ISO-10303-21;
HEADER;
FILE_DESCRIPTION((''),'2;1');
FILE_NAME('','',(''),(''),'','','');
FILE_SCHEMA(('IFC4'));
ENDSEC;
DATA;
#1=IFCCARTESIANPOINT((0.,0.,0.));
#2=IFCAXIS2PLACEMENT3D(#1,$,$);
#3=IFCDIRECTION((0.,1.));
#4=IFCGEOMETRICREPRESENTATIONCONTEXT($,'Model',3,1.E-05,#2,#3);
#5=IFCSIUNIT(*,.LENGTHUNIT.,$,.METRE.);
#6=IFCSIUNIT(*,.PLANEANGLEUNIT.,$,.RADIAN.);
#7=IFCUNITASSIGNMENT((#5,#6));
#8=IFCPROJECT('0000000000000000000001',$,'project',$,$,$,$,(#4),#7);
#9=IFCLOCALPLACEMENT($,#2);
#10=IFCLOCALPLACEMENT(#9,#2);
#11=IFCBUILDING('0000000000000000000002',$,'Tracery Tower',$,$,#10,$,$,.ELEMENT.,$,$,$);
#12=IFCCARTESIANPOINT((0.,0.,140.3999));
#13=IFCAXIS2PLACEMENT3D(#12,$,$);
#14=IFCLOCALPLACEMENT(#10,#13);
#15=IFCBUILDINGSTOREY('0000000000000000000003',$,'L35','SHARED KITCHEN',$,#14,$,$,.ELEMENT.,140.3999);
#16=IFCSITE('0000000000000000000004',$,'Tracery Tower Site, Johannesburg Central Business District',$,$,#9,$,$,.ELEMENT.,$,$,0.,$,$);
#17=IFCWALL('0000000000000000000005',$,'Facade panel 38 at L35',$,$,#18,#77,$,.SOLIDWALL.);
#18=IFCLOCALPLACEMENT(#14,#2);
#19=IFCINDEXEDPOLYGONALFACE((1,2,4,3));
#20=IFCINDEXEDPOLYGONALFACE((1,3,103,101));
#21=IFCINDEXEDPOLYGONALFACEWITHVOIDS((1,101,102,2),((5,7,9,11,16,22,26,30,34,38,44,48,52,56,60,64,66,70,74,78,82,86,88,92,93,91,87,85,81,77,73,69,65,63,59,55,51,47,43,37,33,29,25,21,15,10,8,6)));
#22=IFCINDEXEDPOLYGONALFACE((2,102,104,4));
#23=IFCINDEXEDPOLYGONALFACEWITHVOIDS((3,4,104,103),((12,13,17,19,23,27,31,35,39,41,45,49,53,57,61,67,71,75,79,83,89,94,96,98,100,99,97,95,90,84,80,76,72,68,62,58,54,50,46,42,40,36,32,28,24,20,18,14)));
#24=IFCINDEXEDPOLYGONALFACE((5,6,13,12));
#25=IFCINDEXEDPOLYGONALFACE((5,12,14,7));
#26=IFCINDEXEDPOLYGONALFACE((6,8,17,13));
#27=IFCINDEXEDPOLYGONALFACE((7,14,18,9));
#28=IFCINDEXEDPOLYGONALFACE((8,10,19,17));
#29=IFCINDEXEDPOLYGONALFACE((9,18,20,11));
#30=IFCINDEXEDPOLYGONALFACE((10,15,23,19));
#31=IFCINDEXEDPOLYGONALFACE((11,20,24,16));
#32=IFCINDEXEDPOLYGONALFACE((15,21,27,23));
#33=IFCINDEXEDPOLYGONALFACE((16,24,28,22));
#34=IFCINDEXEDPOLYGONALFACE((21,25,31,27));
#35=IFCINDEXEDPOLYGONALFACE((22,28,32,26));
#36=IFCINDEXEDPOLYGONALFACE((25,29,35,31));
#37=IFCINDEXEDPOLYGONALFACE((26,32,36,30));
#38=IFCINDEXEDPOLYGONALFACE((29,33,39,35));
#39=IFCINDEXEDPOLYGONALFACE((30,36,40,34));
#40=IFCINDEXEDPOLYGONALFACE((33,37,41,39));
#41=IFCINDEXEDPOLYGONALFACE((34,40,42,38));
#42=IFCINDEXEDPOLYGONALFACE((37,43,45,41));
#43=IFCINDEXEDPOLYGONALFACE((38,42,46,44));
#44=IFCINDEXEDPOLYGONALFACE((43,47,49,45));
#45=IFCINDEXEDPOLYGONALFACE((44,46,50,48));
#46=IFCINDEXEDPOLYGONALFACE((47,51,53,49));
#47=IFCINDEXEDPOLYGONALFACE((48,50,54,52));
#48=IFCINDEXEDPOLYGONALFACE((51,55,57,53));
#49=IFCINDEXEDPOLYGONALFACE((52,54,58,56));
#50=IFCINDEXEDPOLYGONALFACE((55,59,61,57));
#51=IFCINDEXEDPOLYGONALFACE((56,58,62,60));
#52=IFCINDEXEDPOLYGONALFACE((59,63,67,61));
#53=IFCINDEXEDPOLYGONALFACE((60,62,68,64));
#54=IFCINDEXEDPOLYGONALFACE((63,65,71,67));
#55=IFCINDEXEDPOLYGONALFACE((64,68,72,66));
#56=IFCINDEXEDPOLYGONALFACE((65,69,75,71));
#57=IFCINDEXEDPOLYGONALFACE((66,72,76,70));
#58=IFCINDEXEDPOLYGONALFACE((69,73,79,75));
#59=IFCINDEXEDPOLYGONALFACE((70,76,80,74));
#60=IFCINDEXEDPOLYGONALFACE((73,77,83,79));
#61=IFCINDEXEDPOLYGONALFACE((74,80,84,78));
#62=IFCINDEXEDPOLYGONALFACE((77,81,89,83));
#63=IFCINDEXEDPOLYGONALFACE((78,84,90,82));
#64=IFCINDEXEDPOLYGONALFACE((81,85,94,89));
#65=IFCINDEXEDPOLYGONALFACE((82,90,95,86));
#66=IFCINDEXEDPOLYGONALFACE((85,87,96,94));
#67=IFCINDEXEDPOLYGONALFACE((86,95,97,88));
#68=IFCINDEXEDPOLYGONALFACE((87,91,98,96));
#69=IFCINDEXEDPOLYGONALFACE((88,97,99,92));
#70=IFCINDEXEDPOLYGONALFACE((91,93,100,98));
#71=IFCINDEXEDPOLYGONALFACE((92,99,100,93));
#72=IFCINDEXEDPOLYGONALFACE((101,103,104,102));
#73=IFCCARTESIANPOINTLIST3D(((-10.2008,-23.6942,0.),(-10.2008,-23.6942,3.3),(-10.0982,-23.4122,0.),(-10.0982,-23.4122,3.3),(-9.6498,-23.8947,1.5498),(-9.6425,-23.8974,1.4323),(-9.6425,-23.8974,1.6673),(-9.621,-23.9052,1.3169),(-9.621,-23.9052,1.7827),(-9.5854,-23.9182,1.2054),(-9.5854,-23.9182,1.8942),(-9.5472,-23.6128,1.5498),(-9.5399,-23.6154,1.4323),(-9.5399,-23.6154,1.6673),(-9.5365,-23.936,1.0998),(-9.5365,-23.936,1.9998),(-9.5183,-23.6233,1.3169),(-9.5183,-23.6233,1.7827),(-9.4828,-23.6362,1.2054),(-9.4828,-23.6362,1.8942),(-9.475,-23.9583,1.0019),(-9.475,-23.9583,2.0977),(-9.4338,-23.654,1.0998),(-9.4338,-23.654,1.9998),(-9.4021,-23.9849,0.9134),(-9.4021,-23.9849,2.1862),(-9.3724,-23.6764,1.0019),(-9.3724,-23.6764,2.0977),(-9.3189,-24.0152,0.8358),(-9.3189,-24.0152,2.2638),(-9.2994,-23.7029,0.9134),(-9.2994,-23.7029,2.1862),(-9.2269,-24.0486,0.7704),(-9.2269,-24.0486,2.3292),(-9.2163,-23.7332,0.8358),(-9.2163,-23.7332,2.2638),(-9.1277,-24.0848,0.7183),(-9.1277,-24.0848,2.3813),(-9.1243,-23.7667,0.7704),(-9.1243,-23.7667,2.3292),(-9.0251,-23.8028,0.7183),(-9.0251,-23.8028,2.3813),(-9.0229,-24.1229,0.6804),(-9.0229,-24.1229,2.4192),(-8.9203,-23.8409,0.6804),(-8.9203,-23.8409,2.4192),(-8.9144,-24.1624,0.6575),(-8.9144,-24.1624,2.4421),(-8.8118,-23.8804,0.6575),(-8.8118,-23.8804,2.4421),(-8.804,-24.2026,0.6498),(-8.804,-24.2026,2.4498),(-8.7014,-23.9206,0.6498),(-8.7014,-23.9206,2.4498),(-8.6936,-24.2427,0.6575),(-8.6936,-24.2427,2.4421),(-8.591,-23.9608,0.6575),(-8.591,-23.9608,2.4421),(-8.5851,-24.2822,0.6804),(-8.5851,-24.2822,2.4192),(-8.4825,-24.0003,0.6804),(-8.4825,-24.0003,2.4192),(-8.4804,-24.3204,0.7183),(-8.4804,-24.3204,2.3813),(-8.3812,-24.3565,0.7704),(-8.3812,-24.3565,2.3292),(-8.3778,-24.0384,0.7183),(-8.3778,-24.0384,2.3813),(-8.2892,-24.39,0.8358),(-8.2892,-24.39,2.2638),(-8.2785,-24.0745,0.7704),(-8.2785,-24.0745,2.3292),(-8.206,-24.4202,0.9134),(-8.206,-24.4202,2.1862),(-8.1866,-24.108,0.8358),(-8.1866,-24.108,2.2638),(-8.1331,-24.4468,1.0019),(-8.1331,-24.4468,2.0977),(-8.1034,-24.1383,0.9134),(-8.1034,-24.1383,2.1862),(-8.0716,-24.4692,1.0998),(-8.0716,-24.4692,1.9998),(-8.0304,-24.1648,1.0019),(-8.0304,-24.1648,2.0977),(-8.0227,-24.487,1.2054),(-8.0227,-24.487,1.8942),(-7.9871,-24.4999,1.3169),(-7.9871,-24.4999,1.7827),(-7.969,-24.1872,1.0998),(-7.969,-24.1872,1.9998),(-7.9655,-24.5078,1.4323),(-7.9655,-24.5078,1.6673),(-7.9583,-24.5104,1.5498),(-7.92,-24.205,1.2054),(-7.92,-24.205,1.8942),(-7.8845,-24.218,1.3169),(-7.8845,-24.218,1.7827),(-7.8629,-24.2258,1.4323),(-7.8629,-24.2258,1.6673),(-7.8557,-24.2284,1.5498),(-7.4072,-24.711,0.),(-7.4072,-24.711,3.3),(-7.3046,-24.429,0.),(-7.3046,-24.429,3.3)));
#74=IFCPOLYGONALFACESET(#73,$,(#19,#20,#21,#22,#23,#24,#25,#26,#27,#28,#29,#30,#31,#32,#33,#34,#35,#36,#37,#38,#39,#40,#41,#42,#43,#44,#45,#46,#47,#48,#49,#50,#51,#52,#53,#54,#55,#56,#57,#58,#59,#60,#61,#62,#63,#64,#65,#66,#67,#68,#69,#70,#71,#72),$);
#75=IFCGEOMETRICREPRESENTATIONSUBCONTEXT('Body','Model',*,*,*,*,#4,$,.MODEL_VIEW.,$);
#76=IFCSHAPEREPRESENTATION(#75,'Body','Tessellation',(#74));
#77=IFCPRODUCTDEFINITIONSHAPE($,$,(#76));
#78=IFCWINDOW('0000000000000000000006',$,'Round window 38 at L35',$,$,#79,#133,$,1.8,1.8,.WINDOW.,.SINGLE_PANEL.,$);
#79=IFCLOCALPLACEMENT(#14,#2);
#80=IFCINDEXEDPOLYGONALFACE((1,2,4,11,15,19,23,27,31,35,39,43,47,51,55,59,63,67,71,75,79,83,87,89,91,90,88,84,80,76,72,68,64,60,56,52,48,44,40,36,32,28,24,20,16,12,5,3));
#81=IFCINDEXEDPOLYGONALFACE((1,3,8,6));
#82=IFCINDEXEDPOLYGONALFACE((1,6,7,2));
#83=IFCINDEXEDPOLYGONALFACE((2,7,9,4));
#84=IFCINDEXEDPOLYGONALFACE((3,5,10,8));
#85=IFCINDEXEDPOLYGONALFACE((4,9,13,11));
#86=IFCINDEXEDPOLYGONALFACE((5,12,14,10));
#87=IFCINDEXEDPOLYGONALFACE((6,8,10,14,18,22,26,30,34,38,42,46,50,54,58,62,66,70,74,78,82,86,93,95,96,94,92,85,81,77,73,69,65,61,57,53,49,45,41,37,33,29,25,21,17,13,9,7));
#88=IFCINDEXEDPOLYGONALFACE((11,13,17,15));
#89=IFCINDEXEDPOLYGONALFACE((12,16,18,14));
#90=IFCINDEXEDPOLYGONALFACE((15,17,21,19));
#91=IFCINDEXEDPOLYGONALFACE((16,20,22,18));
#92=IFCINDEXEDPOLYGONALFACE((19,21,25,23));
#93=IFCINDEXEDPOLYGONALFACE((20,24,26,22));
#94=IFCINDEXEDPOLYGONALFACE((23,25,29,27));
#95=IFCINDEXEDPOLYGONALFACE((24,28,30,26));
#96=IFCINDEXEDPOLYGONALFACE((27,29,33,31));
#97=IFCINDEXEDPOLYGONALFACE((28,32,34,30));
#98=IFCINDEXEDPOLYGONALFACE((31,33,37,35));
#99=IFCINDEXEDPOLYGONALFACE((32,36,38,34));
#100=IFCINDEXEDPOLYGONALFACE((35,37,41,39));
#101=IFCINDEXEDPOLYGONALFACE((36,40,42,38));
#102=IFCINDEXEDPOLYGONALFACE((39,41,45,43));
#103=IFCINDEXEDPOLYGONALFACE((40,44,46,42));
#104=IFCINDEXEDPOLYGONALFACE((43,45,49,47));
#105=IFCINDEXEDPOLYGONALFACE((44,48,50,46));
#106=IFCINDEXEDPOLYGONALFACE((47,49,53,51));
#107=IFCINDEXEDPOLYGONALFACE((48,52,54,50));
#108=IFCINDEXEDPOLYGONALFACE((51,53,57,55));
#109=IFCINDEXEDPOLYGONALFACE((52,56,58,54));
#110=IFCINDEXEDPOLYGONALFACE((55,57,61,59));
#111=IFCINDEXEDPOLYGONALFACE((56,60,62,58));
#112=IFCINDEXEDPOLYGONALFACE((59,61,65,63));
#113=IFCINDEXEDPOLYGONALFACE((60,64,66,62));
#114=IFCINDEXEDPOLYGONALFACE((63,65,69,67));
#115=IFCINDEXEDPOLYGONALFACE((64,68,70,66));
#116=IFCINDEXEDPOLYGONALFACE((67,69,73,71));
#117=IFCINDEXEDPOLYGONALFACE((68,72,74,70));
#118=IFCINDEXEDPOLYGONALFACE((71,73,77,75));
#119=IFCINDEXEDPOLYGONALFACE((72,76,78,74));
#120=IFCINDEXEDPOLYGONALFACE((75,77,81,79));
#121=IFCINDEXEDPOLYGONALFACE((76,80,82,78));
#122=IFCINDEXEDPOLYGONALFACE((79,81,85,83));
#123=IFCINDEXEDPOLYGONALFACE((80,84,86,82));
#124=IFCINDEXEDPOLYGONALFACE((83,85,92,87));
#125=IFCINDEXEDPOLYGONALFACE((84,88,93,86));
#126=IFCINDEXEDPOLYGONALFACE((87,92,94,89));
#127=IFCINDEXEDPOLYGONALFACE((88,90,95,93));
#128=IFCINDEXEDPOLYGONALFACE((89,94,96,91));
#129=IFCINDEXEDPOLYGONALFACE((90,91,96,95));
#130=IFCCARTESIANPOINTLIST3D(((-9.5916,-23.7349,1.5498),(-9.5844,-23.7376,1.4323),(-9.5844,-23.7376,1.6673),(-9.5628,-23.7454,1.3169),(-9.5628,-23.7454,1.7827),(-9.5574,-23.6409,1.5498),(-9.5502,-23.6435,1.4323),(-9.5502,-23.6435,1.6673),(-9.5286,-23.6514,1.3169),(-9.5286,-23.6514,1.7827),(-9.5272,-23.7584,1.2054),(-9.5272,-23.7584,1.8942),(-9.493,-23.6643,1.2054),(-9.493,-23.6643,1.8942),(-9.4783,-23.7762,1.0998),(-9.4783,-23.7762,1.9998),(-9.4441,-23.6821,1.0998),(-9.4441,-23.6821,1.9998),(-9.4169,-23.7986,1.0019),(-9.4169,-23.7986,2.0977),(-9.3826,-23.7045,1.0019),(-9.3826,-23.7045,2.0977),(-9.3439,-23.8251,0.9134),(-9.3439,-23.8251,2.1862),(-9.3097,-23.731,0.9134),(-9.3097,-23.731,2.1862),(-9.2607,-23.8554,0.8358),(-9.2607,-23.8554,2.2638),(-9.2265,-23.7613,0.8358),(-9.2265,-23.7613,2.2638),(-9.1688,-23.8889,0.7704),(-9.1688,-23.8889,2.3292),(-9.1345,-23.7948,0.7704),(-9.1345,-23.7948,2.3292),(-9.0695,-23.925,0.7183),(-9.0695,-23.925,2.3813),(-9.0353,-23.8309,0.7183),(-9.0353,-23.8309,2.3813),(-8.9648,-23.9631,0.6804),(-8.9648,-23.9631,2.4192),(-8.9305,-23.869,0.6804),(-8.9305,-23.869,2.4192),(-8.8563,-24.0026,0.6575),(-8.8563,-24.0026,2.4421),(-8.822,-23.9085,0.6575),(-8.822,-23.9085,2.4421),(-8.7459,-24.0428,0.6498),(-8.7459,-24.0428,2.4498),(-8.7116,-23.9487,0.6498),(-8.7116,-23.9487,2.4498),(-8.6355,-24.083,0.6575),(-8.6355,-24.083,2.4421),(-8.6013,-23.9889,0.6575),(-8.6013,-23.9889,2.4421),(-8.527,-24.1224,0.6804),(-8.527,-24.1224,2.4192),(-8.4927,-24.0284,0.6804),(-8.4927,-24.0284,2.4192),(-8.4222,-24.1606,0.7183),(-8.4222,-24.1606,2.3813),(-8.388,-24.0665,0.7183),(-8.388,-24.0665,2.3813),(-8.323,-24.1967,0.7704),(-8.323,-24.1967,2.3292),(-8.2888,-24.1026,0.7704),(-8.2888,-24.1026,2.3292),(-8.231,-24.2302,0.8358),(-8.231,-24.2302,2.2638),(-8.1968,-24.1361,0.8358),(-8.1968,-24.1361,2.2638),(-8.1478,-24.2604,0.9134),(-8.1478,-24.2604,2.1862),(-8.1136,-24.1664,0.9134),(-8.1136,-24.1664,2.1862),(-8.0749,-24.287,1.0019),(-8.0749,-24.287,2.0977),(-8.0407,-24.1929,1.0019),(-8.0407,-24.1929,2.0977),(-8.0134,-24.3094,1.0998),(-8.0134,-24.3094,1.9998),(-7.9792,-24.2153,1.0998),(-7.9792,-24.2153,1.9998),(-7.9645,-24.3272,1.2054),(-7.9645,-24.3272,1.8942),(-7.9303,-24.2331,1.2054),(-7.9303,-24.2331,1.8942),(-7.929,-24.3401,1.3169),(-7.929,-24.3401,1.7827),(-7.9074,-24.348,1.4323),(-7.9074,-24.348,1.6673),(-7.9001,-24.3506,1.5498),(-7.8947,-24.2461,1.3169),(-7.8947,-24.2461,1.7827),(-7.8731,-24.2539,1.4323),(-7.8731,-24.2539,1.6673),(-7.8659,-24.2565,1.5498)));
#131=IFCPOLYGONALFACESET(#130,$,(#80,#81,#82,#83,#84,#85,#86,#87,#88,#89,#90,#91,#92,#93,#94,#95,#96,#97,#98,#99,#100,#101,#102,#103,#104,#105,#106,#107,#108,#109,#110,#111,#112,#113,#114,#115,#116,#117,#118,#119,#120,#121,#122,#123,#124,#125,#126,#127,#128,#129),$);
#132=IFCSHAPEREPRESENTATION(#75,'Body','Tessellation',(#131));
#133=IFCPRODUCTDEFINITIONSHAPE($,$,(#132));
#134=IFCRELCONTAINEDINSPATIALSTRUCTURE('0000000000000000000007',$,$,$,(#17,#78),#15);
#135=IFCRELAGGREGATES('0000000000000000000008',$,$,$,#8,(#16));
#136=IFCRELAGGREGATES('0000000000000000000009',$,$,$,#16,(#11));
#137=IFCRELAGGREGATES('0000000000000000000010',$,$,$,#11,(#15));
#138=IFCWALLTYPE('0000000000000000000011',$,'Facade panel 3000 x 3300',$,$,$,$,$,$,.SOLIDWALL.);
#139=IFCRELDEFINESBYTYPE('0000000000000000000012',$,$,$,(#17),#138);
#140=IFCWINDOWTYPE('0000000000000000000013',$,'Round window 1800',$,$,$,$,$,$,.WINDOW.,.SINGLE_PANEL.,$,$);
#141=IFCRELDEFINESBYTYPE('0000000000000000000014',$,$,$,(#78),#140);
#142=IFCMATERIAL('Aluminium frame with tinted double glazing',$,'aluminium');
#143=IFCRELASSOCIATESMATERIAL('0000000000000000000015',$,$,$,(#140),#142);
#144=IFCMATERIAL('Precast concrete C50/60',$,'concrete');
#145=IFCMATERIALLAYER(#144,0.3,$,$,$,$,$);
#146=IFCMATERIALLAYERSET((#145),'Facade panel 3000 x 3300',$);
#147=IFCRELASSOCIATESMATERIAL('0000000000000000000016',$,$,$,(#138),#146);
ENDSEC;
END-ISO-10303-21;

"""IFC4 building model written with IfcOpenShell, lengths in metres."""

from ifc_helpers import new_model, si_unit, direction, frame, frame_2d, origin, origin_2d, place, context, subcontext, project, spatial, rectangle, circle, extrude, material, layer, layer_set, type_object, element, fill, save


model = new_model("IFC4")

# Units and contexts
model_context = context("Model", 3, precision=1e-05, world=origin(), true_north=direction((0.0, 1.0)))
body_context = subcontext(model_context, "Body", "Model", "MODEL_VIEW")
ifc_project = project(units=[si_unit("LENGTHUNIT", "METRE"), si_unit("PLANEANGLEUNIT", "RADIAN")], contexts=[model_context])

# Site, building, storey
site_placement = place(None, origin())
site = spatial("IfcSite", under=ifc_project, at=site_placement, Name="Tracery Tower Site, Johannesburg Central Business District", CompositionType="ELEMENT", RefElevation=0.0)
building_placement = place(site_placement, origin())
building = spatial("IfcBuilding", under=site, at=building_placement, Name="Tracery Tower", CompositionType="ELEMENT")
storey_placement = place(building_placement, frame((0.0, 0.0, 140.3999)))
storey = spatial("IfcBuildingStorey", under=building, at=storey_placement, Name="L35", Description="SHARED KITCHEN", CompositionType="ELEMENT", Elevation=140.3999)

# Wall, opening, window
ifc_material_1 = material(Name="Aluminium frame with tinted double glazing", Category="aluminium")
window_type = type_object("IfcWindowType", Name="Round window 1800", PartitioningType="SINGLE_PANEL", PredefinedType="WINDOW", material=ifc_material_1)
ifc_material_2 = material(Name="Precast concrete C50/60", Category="concrete")
ifc_layer_1 = layer(ifc_material_2, 0.3)
ifc_layer_set_1 = layer_set([ifc_layer_1], Name="Facade panel 3000 x 3300")
wall_type_1 = type_object("IfcWallType", Name="Facade panel 3000 x 3300", PredefinedType="SOLIDWALL", material=ifc_layer_set_1)
wall_1_placement = place(storey_placement, frame((-10.1494, -23.5532, 0.0), z_axis=(0.0, 0.0, 1.0), x_axis=(0.93969, -0.342027, 0.0)))
wall_1 = element("IfcWall", 1, at=wall_1_placement, inside=storey, type_object=wall_type_1, Name="Facade panel 38 at L35", PredefinedType="SOLIDWALL", context=body_context, shape_type="SweptSolid", body=[
    extrude(rectangle(XDim=2.9729, YDim=0.3, at=frame_2d((1.4863, 0.0))), origin(), (0.0, 0.0, 1.0), 3.3),
])
opening_1_placement = place(wall_1_placement, frame((1.4863, 0.0, 1.5498)))
opening_1 = element("IfcOpeningElement", 2, at=opening_1_placement, cuts=wall_1, PredefinedType="OPENING", context=body_context, shape_type="SweptSolid", body=[
    extrude(circle(Radius=0.9, at=origin_2d()), frame((0.0, 0.1599, 0.0), z_axis=(0.0, -1.0, 0.0), x_axis=(1.0, 0.0, 0.0)), (0.0, 0.0, 1.0), 0.3201),
])
window_1_placement = place(opening_1_placement, origin())
window_1 = element("IfcWindow", 3, at=window_1_placement, inside=storey, type_object=window_type, Name="Round window 38 at L35", OverallHeight=1.8, OverallWidth=1.8, PartitioningType="SINGLE_PANEL", PredefinedType="WINDOW", context=body_context, shape_type="SweptSolid", body=[
    extrude(circle(Radius=0.9, at=origin_2d()), frame((0.0, 0.1201, 0.0), z_axis=(0.0, -1.0, 0.0), x_axis=(1.0, 0.0, 0.0)), (0.0, 0.0, 1.0), 0.1001),
])
fill(opening_1, window_1)

save(model, "model.ifc")
